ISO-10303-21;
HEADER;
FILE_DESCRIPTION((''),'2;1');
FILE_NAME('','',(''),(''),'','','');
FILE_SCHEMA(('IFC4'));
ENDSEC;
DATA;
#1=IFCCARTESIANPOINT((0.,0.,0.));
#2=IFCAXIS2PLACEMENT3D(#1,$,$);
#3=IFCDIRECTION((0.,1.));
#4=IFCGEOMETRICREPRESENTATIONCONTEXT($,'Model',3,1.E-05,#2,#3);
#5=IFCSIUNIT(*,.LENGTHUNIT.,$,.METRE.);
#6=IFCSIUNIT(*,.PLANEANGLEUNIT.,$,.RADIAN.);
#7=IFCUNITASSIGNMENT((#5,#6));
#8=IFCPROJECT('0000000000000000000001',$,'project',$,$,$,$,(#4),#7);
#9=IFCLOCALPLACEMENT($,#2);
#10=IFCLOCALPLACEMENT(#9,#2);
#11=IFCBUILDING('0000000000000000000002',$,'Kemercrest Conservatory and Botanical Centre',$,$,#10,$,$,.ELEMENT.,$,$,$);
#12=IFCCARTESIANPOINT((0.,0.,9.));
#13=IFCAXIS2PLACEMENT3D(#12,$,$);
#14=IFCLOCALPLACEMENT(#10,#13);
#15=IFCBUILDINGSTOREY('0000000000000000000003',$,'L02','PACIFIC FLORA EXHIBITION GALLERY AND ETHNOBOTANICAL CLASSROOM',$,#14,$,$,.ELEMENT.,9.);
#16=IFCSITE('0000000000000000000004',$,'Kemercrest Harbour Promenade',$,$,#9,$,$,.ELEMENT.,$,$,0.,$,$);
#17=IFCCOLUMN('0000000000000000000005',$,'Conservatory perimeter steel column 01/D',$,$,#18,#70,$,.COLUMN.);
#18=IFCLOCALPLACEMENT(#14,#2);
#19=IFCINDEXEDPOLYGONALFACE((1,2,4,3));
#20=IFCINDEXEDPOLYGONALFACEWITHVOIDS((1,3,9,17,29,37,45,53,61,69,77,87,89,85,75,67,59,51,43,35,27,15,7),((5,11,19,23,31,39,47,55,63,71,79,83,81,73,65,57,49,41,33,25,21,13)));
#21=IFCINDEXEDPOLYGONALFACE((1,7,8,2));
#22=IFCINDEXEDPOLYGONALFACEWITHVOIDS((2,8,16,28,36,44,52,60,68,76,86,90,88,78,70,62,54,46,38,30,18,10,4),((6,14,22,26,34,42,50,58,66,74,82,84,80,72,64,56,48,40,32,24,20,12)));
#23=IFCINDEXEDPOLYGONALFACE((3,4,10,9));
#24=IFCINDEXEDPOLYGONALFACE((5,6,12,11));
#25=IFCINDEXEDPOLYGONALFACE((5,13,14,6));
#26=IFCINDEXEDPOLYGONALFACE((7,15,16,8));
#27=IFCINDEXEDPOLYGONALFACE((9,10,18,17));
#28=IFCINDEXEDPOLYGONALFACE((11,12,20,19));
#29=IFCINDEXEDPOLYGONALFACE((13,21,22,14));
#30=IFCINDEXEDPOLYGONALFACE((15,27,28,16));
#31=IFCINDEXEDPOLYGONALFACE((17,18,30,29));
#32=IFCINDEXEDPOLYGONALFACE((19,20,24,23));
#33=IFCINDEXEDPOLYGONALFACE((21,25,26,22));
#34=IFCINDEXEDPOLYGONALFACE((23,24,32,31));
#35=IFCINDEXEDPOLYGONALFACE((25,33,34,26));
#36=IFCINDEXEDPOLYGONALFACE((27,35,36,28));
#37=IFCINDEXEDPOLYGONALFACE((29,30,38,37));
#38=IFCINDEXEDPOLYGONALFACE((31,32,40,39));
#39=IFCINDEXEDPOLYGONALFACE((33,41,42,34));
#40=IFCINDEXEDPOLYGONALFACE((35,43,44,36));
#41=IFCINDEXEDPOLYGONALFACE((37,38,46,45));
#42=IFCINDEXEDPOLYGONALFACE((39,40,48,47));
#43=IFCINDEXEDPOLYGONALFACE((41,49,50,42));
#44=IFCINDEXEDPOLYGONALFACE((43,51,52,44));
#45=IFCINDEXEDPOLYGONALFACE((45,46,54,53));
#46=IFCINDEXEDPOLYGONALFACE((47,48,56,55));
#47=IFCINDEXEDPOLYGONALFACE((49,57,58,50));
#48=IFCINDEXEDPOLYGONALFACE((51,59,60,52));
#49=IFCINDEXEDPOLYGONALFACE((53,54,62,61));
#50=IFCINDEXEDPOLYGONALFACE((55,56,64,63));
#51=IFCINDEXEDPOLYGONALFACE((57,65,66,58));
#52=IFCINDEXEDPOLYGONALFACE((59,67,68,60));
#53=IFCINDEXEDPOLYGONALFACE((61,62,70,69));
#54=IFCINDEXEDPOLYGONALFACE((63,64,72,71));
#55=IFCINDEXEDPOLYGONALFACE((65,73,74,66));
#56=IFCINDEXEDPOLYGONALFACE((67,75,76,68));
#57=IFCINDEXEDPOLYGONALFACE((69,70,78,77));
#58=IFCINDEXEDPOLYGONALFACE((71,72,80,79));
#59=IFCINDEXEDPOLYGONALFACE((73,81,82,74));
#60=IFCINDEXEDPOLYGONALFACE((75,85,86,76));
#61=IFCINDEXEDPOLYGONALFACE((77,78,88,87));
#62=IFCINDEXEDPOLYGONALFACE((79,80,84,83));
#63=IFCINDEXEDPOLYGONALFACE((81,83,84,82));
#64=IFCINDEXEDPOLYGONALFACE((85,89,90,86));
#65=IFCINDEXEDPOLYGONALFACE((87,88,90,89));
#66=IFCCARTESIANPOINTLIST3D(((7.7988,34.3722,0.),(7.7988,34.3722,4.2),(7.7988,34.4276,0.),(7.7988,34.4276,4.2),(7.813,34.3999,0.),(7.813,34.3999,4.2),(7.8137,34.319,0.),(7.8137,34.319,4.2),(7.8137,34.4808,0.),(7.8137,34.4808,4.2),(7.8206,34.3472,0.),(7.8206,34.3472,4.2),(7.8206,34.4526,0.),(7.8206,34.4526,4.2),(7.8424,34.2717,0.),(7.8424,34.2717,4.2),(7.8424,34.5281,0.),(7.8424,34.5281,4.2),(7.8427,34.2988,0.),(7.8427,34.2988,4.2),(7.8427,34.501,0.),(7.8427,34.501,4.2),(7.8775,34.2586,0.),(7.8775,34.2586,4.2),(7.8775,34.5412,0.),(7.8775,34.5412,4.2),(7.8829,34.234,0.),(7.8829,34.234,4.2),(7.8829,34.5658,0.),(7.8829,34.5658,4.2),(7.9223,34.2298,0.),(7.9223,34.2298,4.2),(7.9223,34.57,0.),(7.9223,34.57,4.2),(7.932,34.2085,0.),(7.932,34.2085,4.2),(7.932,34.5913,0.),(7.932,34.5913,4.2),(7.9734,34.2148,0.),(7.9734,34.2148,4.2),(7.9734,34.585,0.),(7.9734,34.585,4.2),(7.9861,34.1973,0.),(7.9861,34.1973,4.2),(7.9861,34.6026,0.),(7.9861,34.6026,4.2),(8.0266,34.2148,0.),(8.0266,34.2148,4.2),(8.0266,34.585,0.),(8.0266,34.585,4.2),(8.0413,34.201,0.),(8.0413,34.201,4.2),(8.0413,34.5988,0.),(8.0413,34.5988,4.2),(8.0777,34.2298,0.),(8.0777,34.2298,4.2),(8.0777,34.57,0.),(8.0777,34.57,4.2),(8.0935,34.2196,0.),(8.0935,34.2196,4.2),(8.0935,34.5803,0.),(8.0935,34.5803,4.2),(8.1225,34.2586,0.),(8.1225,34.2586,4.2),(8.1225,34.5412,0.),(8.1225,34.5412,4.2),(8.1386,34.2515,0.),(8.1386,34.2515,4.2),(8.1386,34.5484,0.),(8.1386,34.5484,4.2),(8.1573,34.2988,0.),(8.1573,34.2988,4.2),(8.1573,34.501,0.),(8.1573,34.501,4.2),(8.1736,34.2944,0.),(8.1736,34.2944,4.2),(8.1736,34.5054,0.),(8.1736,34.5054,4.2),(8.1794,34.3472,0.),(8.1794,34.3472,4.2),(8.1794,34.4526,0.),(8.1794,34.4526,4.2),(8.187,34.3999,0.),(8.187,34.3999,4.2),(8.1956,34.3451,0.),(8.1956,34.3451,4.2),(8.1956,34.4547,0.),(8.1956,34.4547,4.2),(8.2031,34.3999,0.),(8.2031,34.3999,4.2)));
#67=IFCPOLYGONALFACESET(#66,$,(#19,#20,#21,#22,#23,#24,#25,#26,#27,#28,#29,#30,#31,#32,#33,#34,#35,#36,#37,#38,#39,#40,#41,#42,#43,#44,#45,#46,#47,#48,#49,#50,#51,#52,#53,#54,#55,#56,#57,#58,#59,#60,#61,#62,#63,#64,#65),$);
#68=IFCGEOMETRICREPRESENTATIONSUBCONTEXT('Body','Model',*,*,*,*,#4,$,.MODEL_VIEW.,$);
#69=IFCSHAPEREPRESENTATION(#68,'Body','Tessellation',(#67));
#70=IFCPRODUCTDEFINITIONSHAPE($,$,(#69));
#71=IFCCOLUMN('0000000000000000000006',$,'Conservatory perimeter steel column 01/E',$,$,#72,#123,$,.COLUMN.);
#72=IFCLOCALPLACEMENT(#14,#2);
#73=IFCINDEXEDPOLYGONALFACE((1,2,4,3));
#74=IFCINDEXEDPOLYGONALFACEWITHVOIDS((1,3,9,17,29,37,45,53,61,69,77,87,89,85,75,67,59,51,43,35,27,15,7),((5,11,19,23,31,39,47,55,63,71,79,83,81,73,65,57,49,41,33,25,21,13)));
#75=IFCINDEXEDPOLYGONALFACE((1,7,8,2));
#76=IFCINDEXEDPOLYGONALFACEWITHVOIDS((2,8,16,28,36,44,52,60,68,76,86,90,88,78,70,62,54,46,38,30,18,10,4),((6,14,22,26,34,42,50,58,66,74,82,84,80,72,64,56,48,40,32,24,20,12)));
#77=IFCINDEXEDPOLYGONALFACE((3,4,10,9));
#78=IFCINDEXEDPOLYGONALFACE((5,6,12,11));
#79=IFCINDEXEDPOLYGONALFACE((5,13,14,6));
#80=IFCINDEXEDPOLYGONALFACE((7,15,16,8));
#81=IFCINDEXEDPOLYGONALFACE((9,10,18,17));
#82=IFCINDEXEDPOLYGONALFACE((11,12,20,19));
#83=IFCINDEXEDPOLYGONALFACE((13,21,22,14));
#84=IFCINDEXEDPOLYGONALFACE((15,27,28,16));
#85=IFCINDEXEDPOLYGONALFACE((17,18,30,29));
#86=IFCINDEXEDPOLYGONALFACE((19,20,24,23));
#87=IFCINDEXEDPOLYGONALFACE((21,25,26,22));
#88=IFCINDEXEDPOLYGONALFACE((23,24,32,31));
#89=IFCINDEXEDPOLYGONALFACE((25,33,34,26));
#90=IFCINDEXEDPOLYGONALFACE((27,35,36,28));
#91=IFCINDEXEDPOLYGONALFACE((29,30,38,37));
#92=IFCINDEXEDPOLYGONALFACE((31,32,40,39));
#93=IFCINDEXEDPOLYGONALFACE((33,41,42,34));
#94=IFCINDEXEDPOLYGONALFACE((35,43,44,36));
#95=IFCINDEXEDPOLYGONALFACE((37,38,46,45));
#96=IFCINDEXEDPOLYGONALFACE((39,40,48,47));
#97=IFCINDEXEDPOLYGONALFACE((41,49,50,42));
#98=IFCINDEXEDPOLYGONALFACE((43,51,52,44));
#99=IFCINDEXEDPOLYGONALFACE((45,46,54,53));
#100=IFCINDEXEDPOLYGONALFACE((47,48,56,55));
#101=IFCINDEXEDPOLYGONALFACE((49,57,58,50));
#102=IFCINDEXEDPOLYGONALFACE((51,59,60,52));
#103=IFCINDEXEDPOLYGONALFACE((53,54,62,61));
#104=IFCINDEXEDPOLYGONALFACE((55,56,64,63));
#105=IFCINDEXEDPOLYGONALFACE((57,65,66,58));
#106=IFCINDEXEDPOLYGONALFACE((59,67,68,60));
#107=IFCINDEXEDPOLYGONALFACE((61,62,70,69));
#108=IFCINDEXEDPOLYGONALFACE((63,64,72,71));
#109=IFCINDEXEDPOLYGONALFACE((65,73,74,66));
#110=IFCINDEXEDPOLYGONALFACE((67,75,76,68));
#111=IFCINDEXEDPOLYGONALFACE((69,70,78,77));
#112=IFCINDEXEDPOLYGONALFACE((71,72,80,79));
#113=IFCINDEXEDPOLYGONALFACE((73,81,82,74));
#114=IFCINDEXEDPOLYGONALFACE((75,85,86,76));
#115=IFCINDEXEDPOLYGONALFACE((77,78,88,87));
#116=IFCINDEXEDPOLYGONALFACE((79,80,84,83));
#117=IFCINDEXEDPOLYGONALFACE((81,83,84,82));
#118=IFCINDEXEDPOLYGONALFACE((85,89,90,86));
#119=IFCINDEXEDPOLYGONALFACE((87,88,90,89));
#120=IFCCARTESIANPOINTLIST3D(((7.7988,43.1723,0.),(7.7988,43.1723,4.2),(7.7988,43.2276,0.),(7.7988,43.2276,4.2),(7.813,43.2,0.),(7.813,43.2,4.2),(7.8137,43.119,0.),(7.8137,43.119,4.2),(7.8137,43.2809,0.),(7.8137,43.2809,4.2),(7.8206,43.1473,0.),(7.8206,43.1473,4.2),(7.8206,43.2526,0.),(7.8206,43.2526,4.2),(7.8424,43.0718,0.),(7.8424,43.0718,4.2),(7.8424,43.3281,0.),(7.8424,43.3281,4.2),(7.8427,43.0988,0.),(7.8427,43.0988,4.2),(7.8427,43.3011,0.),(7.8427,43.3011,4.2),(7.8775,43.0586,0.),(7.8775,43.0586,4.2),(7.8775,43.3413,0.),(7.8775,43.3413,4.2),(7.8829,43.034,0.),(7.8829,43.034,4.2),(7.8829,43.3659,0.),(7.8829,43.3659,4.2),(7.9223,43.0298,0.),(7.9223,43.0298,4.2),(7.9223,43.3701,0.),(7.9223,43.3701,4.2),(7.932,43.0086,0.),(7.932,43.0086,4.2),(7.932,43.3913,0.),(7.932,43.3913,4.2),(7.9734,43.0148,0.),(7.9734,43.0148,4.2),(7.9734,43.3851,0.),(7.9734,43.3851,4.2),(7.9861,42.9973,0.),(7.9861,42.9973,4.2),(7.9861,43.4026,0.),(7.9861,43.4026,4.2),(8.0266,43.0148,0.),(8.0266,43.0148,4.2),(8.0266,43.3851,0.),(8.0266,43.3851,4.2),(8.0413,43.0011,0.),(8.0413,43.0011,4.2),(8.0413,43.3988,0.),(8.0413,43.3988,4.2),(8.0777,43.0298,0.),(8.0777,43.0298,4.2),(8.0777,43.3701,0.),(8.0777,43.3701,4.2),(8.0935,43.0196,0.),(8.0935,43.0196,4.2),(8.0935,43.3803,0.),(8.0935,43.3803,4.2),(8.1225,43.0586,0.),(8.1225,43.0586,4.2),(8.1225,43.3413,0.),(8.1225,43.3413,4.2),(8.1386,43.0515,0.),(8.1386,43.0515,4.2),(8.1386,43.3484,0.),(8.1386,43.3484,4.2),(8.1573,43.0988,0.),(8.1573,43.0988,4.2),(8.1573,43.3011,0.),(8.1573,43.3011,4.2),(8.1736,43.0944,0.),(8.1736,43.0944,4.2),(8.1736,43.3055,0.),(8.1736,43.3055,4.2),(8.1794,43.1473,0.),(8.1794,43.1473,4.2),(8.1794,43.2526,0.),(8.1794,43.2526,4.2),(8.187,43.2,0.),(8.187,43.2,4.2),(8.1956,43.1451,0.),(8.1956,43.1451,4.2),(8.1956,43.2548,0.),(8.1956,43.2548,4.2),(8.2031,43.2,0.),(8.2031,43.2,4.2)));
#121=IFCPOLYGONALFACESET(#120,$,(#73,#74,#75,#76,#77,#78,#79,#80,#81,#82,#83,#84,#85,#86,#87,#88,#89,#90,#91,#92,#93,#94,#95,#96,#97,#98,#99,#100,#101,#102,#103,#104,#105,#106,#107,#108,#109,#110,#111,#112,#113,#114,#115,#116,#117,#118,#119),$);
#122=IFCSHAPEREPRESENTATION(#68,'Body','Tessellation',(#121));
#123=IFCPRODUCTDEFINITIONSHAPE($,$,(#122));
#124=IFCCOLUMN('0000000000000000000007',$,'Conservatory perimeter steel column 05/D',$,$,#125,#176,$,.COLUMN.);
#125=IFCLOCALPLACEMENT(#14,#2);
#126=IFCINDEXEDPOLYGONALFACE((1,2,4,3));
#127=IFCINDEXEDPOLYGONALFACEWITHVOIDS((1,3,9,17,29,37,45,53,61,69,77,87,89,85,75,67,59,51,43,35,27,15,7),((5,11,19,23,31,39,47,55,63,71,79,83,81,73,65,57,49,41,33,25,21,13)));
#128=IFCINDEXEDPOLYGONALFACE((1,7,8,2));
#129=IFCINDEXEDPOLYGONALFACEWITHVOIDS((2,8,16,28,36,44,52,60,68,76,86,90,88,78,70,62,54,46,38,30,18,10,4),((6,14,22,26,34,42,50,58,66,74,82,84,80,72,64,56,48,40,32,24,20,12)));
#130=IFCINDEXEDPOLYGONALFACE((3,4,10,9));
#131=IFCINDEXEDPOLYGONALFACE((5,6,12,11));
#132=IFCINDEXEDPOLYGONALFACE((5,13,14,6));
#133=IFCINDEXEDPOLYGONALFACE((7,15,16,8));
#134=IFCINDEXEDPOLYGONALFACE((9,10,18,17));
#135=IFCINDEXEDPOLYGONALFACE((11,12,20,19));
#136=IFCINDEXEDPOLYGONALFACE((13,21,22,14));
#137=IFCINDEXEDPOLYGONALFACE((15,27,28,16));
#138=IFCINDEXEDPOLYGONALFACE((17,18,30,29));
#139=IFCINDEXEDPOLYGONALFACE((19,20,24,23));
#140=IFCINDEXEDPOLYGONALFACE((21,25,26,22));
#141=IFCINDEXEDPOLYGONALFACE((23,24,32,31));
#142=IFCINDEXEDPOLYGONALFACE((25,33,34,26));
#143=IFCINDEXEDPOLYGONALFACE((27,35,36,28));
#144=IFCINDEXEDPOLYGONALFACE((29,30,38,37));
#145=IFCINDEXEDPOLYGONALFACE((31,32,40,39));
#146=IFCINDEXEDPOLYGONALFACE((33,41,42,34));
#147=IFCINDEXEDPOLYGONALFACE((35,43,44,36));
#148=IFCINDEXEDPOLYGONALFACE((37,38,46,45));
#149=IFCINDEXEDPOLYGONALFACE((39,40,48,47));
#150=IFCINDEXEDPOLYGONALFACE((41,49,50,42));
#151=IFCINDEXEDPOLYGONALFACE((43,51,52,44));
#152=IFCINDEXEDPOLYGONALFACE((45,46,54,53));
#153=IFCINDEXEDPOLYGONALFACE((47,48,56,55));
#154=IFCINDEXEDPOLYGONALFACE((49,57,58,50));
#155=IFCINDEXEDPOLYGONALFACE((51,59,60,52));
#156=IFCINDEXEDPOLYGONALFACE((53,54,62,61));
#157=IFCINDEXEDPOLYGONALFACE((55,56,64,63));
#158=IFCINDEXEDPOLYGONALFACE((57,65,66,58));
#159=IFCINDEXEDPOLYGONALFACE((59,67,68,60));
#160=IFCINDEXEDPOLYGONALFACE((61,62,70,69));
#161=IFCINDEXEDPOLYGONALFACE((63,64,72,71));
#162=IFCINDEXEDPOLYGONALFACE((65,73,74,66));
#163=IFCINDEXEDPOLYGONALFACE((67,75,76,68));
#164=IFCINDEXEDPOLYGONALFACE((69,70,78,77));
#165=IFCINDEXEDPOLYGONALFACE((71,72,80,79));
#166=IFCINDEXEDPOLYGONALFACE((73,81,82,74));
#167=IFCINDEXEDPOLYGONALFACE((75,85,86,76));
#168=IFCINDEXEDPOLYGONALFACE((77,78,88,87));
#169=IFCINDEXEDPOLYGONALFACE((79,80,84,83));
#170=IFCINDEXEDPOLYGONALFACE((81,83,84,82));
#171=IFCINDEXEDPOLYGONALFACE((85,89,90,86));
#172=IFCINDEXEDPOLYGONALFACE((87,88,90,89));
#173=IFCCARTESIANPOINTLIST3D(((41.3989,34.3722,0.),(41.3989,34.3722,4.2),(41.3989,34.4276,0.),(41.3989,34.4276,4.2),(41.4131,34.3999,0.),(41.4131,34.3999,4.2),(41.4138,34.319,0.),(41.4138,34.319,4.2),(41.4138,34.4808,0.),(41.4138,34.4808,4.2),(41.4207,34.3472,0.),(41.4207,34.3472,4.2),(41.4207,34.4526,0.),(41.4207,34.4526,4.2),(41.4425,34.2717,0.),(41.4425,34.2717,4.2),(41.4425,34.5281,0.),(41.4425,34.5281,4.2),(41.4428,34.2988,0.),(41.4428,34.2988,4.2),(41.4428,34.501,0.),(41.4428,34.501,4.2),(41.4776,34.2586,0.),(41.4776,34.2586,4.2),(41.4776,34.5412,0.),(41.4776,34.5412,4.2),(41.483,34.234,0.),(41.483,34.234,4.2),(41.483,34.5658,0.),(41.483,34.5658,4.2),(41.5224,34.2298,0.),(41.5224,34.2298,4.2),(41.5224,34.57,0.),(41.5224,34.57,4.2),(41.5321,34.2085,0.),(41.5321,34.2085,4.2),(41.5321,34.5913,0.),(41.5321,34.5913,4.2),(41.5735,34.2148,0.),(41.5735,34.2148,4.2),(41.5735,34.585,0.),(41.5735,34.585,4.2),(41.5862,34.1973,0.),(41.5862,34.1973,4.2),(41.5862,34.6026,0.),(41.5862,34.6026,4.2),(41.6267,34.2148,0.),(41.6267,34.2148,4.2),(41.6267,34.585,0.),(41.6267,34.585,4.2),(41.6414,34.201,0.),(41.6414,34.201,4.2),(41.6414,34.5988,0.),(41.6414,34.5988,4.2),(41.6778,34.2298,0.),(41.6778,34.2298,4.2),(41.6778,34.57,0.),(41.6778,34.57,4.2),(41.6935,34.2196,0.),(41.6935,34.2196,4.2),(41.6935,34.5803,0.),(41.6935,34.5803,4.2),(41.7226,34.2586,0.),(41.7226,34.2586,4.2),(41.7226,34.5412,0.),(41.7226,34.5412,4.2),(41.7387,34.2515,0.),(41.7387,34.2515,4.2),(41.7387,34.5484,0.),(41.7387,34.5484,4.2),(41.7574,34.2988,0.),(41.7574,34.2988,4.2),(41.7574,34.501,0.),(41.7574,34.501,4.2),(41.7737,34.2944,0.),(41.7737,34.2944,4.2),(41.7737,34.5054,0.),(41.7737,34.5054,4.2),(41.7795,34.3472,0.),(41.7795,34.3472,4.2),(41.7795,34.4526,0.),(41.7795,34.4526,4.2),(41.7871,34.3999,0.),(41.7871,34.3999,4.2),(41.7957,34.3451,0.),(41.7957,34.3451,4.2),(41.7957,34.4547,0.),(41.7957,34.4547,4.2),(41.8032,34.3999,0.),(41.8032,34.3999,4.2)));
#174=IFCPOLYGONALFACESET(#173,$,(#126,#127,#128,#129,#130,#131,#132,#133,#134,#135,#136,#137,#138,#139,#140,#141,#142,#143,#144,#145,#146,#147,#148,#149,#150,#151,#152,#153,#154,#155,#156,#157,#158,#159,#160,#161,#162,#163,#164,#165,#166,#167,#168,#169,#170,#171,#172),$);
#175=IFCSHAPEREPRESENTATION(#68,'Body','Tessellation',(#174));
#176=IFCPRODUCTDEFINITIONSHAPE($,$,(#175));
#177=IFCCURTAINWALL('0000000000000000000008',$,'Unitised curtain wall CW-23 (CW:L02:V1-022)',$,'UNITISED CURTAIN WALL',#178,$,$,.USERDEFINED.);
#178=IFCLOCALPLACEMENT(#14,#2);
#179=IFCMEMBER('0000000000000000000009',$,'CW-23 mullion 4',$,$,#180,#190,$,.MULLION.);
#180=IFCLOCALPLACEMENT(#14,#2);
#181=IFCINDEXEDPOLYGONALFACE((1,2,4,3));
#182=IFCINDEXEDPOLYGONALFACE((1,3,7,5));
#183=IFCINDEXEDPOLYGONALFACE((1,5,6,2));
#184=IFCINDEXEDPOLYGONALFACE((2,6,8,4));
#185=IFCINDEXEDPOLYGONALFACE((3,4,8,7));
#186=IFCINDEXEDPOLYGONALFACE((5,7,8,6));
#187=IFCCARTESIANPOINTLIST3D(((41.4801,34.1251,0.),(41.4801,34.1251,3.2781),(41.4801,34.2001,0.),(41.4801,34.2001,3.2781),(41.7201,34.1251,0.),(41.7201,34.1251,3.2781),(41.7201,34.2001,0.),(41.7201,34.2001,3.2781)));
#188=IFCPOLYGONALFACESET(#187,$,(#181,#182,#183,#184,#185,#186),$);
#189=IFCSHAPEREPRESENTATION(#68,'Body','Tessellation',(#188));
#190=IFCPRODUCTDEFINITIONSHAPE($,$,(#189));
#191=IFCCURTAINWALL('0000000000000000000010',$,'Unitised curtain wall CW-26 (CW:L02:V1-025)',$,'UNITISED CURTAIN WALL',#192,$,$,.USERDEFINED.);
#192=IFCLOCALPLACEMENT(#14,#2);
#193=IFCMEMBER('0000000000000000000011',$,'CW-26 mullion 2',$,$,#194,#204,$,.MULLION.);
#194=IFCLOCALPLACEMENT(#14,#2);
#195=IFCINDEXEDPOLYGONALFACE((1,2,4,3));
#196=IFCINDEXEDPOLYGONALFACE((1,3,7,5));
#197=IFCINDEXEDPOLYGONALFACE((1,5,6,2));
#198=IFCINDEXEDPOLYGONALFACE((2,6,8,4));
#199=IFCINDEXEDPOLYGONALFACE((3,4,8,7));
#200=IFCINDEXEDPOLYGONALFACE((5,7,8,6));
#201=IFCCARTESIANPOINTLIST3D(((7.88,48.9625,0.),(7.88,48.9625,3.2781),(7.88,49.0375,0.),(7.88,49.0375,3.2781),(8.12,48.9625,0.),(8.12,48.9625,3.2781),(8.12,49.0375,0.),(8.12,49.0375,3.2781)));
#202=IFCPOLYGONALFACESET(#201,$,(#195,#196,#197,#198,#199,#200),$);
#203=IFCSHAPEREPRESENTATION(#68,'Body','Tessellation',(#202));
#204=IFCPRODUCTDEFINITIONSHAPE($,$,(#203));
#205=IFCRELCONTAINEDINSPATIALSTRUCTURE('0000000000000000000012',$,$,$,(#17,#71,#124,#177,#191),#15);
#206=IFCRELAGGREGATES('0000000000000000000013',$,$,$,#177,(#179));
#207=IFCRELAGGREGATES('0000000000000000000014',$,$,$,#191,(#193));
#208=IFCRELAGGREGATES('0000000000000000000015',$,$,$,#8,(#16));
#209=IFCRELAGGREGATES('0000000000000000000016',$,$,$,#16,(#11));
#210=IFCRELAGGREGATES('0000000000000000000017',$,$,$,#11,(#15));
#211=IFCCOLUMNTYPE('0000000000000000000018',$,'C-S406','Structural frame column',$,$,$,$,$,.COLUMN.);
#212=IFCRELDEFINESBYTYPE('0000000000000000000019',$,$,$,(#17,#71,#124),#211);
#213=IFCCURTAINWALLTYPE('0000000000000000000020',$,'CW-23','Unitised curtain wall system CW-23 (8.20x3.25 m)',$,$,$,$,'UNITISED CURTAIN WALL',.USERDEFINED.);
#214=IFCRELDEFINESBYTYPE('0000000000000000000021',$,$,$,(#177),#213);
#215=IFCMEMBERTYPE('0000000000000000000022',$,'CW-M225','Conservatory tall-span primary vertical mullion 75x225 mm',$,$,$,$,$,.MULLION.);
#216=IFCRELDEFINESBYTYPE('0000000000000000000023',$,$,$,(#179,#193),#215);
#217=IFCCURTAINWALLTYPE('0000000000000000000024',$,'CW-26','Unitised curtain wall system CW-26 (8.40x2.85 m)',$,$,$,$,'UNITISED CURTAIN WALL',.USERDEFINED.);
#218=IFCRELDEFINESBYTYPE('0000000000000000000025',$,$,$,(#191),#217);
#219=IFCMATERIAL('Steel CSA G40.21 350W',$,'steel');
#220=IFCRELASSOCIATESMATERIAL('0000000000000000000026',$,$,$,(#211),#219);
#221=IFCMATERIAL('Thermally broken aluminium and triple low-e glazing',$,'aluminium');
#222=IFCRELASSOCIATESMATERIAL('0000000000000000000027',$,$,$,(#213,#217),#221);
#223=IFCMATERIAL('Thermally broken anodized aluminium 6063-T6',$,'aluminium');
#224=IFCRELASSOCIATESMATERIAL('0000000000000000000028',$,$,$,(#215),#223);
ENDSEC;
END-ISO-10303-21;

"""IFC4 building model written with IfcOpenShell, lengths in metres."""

from ifc_helpers import new_model, si_unit, direction, frame, origin, origin_2d, place, context, subcontext, project, spatial, rectangle, hollow_circle, extrude, material, material_profile, profile_set, type_object, element, aggregate, save


model = new_model("IFC4")

# Units and contexts
model_context = context("Model", 3, precision=1e-05, world=origin(), true_north=direction((0.0, 1.0)))
body_context = subcontext(model_context, "Body", "Model", "MODEL_VIEW")
ifc_project = project(units=[si_unit("LENGTHUNIT", "METRE"), si_unit("PLANEANGLEUNIT", "RADIAN")], contexts=[model_context])

# Site, building, storey
site_placement = place(None, origin())
site = spatial("IfcSite", under=ifc_project, at=site_placement, Name="Kemercrest Harbour Promenade", CompositionType="ELEMENT", RefElevation=0.0)
building_placement = place(site_placement, origin())
building = spatial("IfcBuilding", under=site, at=building_placement, Name="Kemercrest Conservatory and Botanical Centre", CompositionType="ELEMENT")
storey_placement = place(building_placement, frame((0.0, 0.0, 9.0)))
storey = spatial("IfcBuildingStorey", under=building, at=storey_placement, Name="L02", Description="PACIFIC FLORA EXHIBITION GALLERY AND ETHNOBOTANICAL CLASSROOM", CompositionType="ELEMENT", Elevation=9.0)

# Columns
ifc_material_1 = material(Name="Steel CSA G40.21 350W", Category="steel")
ifc_material_profile_1 = material_profile(ifc_material_1, hollow_circle(Radius=0.2031, WallThickness=0.0161, at=origin_2d()), Name="CHS 406.4x16.0")
ifc_profile_set_1 = profile_set([ifc_material_profile_1], Name="Steel CSA G40.21 350W")
column_type = type_object("IfcColumnType", Name="C-S406", Description="Structural frame column", PredefinedType="COLUMN", material=ifc_profile_set_1)
for number, where, z_axis, x_axis, name in (
    (1, (8.0, 34.3999, 0.0), (0.0, 0.0, 1.0), (1.0, 0.0, 0.0), "Conservatory perimeter steel column 01/D"),
    (2, (8.0, 43.2, 0.0), (0.0, 0.0, 1.0), (1.0, 0.0, 0.0), "Conservatory perimeter steel column 01/E"),
    (3, (41.6001, 34.3999, 0.0), (0.0, 0.0, 1.0), (1.0, 0.0, 0.0), "Conservatory perimeter steel column 05/D"),
):
    element("IfcColumn", number, at=place(storey_placement, frame(where, z_axis=z_axis, x_axis=x_axis)), inside=storey, type_object=column_type, Name=name, PredefinedType="COLUMN", context=body_context, shape_type="SweptSolid", body=[
        extrude(hollow_circle(Radius=0.2031, WallThickness=0.0161, at=origin_2d()), origin(), (0.0, 0.0, 1.0), 4.2),
    ])

# Curtain wall, member
ifc_material_2 = material(Name="Thermally broken aluminium and triple low-e glazing", Category="aluminium")
curtain_wall_type_1 = type_object("IfcCurtainWallType", Name="CW-23", Description="Unitised curtain wall system CW-23 (8.20x3.25 m)", ElementType="UNITISED CURTAIN WALL", PredefinedType="USERDEFINED", material=ifc_material_2)
curtain_wall_1_placement = place(storey_placement, origin())
curtain_wall_1 = element("IfcCurtainWall", 4, at=curtain_wall_1_placement, inside=storey, type_object=curtain_wall_type_1, Name="Unitised curtain wall CW-23 (CW:L02:V1-022)", ObjectType="UNITISED CURTAIN WALL", PredefinedType="USERDEFINED")
ifc_material_3 = material(Name="Thermally broken anodized aluminium 6063-T6", Category="aluminium")
ifc_material_profile_2 = material_profile(ifc_material_3, rectangle(XDim=0.24, YDim=0.075, at=origin_2d()), Name="AL MULLION 75x240")
ifc_profile_set_2 = profile_set([ifc_material_profile_2], Name="Thermally broken anodized aluminium 6063-T6")
member_type_1 = type_object("IfcMemberType", Name="CW-M225", Description="Conservatory tall-span primary vertical mullion 75x225 mm", PredefinedType="MULLION", material=ifc_profile_set_2)
member_1_placement = place(storey_placement, frame((41.6001, 34.1626, 0.0), z_axis=(0.0, 0.0, 1.0), x_axis=(-1.0, 0.0, 0.0)))
member_1 = element("IfcMember", 5, at=member_1_placement, type_object=member_type_1, Name="CW-23 mullion 4", PredefinedType="MULLION", context=body_context, shape_type="SweptSolid", body=[
    extrude(rectangle(XDim=0.24, YDim=0.075, at=origin_2d()), origin(), (0.0, 0.0, 1.0), 3.2781),
])
aggregate(curtain_wall_1, [member_1])

# Curtain wall, member
curtain_wall_type_2 = type_object("IfcCurtainWallType", Name="CW-26", Description="Unitised curtain wall system CW-26 (8.40x2.85 m)", ElementType="UNITISED CURTAIN WALL", PredefinedType="USERDEFINED", material=ifc_material_2)
curtain_wall_2_placement = place(storey_placement, origin())
curtain_wall_2 = element("IfcCurtainWall", 6, at=curtain_wall_2_placement, inside=storey, type_object=curtain_wall_type_2, Name="Unitised curtain wall CW-26 (CW:L02:V1-025)", ObjectType="UNITISED CURTAIN WALL", PredefinedType="USERDEFINED")
member_2_placement = place(storey_placement, frame((8.0, 49.0, 0.0), z_axis=(0.0, 0.0, 1.0), x_axis=(1.0, 0.0, 0.0)))
member_2 = element("IfcMember", 7, at=member_2_placement, type_object=member_type_1, Name="CW-26 mullion 2", PredefinedType="MULLION", context=body_context, shape_type="SweptSolid", body=[
    extrude(rectangle(XDim=0.24, YDim=0.075, at=origin_2d()), origin(), (0.0, 0.0, 1.0), 3.2781),
])

aggregate(curtain_wall_2, [member_2])

save(model, "model.ifc")
